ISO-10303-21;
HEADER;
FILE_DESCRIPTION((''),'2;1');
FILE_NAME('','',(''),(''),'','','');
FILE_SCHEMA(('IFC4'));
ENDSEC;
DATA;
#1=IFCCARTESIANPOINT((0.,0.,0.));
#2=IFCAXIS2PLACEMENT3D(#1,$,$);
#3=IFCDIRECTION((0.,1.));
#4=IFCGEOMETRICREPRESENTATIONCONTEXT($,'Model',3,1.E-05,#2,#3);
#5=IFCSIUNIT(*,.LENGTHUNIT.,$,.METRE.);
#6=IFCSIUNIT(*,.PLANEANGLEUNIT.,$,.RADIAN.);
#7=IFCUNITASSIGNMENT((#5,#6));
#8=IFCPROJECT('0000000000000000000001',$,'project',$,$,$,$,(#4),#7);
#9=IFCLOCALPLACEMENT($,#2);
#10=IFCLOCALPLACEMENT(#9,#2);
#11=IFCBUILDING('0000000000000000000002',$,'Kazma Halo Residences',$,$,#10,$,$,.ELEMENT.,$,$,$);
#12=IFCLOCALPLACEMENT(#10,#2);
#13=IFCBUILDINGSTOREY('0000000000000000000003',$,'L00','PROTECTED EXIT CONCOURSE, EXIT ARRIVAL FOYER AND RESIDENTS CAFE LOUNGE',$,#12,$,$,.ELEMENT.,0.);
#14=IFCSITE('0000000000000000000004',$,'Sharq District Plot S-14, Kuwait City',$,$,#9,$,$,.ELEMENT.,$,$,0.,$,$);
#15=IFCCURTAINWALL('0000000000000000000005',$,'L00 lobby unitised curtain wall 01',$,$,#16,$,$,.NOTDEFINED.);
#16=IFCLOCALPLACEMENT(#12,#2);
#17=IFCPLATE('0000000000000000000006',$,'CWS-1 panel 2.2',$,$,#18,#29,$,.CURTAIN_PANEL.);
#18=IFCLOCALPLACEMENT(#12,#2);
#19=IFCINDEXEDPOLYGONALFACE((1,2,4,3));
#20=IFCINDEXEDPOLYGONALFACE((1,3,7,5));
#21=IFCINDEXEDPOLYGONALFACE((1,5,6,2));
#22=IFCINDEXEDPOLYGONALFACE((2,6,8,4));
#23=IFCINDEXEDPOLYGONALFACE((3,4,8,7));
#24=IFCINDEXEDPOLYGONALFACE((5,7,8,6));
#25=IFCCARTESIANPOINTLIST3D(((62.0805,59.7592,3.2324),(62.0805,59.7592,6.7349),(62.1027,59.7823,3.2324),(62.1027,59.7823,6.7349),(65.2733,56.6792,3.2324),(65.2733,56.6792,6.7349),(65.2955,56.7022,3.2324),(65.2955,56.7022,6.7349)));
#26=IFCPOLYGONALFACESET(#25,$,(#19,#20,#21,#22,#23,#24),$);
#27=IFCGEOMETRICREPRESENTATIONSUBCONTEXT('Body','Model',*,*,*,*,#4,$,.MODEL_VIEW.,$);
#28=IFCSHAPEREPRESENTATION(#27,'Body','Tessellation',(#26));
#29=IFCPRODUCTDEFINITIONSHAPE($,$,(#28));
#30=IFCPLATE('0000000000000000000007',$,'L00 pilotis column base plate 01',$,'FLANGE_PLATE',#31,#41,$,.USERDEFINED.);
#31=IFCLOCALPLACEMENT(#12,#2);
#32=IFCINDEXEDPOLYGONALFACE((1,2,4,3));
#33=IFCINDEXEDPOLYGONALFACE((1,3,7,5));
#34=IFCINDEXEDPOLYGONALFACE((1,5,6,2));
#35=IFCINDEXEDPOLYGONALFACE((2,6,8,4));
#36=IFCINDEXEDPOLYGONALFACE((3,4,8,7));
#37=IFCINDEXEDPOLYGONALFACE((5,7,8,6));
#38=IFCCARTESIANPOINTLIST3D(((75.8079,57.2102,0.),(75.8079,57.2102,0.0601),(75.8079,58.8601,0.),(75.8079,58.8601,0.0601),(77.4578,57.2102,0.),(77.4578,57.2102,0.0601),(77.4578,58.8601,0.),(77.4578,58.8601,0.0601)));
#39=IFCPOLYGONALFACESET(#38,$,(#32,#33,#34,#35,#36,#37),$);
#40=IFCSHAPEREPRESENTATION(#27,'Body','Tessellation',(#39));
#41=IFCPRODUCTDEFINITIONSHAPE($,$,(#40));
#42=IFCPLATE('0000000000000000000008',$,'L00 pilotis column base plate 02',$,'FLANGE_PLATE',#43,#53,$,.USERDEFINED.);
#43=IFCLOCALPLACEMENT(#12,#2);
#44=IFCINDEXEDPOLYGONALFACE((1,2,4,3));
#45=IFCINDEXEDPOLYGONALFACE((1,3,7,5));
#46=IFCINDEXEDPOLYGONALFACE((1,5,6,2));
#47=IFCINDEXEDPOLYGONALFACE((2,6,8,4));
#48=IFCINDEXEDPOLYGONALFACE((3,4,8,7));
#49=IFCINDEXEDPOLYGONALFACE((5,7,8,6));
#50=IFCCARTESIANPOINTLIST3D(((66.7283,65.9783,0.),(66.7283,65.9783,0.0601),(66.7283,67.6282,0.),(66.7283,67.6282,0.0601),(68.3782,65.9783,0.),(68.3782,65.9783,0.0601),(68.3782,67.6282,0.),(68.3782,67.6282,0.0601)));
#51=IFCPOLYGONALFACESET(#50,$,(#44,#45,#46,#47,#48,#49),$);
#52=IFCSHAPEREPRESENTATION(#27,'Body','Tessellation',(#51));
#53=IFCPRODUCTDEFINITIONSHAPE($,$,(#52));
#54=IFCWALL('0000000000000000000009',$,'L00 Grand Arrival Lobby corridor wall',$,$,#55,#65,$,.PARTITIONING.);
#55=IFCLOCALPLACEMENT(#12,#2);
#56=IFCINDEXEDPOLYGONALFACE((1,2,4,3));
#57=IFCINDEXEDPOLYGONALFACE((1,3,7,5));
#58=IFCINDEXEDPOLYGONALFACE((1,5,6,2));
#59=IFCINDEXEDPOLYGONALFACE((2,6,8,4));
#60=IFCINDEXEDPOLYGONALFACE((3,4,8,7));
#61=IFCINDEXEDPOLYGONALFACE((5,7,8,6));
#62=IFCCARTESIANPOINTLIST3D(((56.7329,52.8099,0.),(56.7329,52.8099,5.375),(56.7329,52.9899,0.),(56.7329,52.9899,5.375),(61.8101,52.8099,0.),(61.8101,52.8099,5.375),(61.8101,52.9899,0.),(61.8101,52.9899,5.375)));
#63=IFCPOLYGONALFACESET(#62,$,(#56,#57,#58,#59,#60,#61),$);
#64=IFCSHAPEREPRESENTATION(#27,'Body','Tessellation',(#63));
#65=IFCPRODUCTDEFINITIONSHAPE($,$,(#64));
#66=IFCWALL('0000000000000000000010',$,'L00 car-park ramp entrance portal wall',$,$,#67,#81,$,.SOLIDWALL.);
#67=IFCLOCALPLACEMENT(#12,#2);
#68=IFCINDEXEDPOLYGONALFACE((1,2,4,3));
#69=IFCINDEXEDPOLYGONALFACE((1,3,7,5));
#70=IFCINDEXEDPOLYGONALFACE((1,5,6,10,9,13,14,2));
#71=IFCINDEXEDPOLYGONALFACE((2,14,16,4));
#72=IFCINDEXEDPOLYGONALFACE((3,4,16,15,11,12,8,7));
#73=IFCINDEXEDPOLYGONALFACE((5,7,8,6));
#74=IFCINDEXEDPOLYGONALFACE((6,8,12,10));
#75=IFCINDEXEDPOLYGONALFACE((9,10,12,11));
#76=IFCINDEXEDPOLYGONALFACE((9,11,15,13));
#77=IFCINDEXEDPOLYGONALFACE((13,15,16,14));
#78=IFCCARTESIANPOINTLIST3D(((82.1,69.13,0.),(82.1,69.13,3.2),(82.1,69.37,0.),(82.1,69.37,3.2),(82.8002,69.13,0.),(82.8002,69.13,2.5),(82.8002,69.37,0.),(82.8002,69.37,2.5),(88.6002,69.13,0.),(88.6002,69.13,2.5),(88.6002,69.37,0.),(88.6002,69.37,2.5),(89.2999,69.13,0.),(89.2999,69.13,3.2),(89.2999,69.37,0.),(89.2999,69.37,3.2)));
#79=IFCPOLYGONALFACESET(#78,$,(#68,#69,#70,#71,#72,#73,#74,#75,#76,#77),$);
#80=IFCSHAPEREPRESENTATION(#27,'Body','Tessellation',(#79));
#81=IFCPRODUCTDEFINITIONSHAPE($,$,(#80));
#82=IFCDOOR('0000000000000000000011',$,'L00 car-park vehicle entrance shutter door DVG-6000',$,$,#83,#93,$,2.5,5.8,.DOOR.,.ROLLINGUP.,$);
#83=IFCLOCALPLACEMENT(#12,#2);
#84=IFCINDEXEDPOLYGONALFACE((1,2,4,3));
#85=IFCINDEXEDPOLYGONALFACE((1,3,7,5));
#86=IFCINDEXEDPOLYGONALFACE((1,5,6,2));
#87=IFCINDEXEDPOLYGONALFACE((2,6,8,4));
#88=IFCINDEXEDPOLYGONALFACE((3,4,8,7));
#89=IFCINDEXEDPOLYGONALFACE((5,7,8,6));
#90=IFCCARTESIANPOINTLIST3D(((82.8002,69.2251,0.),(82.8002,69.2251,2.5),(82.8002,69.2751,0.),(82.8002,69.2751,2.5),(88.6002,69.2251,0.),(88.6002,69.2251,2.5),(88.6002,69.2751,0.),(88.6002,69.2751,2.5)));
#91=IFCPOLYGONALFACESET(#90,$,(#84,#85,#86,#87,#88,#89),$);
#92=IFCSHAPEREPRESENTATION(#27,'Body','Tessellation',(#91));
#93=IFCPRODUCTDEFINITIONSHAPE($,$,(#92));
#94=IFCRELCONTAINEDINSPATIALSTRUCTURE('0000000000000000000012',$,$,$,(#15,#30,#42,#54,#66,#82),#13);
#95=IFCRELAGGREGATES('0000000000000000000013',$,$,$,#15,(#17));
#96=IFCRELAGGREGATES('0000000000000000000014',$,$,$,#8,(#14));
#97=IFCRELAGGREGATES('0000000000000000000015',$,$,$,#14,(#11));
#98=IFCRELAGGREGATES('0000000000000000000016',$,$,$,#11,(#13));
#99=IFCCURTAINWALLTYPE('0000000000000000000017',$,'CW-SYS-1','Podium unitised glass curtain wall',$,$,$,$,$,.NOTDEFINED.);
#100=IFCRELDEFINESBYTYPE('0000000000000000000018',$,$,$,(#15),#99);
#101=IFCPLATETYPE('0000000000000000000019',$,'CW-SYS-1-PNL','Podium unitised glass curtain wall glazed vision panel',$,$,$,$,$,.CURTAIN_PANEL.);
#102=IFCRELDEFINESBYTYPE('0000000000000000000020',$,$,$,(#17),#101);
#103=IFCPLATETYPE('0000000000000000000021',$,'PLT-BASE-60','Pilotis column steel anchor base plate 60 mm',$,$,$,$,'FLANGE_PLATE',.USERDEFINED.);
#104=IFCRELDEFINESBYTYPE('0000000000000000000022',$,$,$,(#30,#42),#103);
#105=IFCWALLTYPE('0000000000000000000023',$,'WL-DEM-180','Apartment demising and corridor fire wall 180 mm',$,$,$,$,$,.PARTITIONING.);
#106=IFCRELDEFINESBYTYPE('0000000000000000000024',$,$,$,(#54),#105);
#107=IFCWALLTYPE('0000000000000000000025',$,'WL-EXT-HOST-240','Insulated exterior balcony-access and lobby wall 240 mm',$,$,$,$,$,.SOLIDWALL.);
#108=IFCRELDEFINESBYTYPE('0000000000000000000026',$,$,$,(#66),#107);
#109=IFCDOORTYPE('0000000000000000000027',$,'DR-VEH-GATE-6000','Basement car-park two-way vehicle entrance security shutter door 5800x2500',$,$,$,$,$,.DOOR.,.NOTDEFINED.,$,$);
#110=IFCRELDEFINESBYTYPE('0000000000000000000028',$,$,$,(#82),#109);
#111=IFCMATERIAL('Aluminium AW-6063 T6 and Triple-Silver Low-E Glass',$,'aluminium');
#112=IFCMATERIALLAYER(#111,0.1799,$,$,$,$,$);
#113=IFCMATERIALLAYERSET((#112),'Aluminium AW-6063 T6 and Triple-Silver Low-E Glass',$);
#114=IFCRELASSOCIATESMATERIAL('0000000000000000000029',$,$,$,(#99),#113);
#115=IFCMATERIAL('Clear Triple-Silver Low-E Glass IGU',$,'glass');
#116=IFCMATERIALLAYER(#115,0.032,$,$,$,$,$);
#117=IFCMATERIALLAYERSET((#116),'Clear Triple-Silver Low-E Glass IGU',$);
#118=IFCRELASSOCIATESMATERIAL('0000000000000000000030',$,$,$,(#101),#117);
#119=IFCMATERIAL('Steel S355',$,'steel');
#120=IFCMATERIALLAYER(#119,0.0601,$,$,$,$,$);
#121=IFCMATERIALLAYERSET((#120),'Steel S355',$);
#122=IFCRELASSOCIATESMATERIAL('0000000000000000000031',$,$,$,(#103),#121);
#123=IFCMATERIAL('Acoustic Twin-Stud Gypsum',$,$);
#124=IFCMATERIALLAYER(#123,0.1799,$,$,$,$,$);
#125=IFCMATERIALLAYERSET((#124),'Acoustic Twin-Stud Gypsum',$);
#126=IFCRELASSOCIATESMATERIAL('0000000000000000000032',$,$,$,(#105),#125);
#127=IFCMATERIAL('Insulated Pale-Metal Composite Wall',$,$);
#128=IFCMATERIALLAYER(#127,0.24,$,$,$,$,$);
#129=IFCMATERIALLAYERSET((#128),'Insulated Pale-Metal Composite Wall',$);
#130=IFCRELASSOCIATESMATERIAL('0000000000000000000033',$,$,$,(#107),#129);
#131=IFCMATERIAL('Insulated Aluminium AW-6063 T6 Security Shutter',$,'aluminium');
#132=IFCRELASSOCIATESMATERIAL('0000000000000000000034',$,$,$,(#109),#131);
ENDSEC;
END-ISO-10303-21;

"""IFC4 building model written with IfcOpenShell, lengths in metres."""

from ifc_helpers import new_model, si_unit, direction, frame, frame_2d, origin, origin_2d, place, context, subcontext, project, spatial, rectangle, extrude, material, layer, layer_set, type_object, element, fill, aggregate, save


model = new_model("IFC4")

# Units and contexts
model_context = context("Model", 3, precision=1e-05, world=origin(), true_north=direction((0.0, 1.0)))
body_context = subcontext(model_context, "Body", "Model", "MODEL_VIEW")
ifc_project = project(units=[si_unit("LENGTHUNIT", "METRE"), si_unit("PLANEANGLEUNIT", "RADIAN")], contexts=[model_context])

# Site, building, storey
site_placement = place(None, origin())
site = spatial("IfcSite", under=ifc_project, at=site_placement, Name="Sharq District Plot S-14, Kuwait City", CompositionType="ELEMENT", RefElevation=0.0)
building_placement = place(site_placement, origin())
building = spatial("IfcBuilding", under=site, at=building_placement, Name="Kazma Halo Residences", CompositionType="ELEMENT")
storey_placement = place(building_placement, origin())
storey = spatial("IfcBuildingStorey", under=building, at=storey_placement, Name="L00", Description="PROTECTED EXIT CONCOURSE, EXIT ARRIVAL FOYER AND RESIDENTS CAFE LOUNGE", CompositionType="ELEMENT", Elevation=0.0)

# Shared definitions
ifc_material_1 = material(Name="Steel S355", Category="steel")

# Curtain wall
ifc_material_2 = material(Name="Aluminium AW-6063 T6 and Triple-Silver Low-E Glass", Category="aluminium")
ifc_layer_1 = layer(ifc_material_2, 0.1799)
ifc_layer_set_1 = layer_set([ifc_layer_1], Name="Aluminium AW-6063 T6 and Triple-Silver Low-E Glass")
curtain_wall_type = type_object("IfcCurtainWallType", Name="CW-SYS-1", Description="Podium unitised glass curtain wall", PredefinedType="NOTDEFINED", material=ifc_layer_set_1)
curtain_wall_1_placement = place(storey_placement, origin())
curtain_wall_1 = element("IfcCurtainWall", 1, at=curtain_wall_1_placement, inside=storey, type_object=curtain_wall_type, Name="L00 lobby unitised curtain wall 01", PredefinedType="NOTDEFINED")

# Plate
ifc_material_3 = material(Name="Clear Triple-Silver Low-E Glass IGU", Category="glass")
ifc_layer_2 = layer(ifc_material_3, 0.032)
ifc_layer_set_2 = layer_set([ifc_layer_2], Name="Clear Triple-Silver Low-E Glass IGU")
plate_type_1 = type_object("IfcPlateType", Name="CW-SYS-1-PNL", Description="Podium unitised glass curtain wall glazed vision panel", PredefinedType="CURTAIN_PANEL", material=ifc_layer_set_2)
plate_1_placement = place(storey_placement, frame((63.688, 58.2307, 3.2324), z_axis=(0.0, 0.0, 1.0), x_axis=(-0.719692, 0.694294, 0.0)))
plate_1 = element("IfcPlate", 2, at=plate_1_placement, type_object=plate_type_1, Name="CWS-1 panel 2.2", PredefinedType="CURTAIN_PANEL", context=body_context, shape_type="SweptSolid", body=[
    extrude(rectangle(XDim=4.4363, YDim=0.032, at=origin_2d()), origin(), (0.0, 0.0, 1.0), 3.5024),
])
aggregate(curtain_wall_1, [plate_1])

# Plates
ifc_layer_3 = layer(ifc_material_1, 0.0601)
ifc_layer_set_3 = layer_set([ifc_layer_3], Name="Steel S355")
plate_type_2 = type_object("IfcPlateType", Name="PLT-BASE-60", Description="Pilotis column steel anchor base plate 60 mm", ElementType="FLANGE_PLATE", PredefinedType="USERDEFINED", material=ifc_layer_set_3)
for number, where, z_axis, x_axis, name in (
    (3, (76.6328, 58.0352, 0.0), (0.0, 0.0, 1.0), (1.0, 0.0, 0.0), "L00 pilotis column base plate 01"),
    (4, (67.5532, 66.8032, 0.0), (0.0, 0.0, 1.0), (1.0, 0.0, 0.0), "L00 pilotis column base plate 02"),
):
    element("IfcPlate", number, at=place(storey_placement, frame(where, z_axis=z_axis, x_axis=x_axis)), inside=storey, type_object=plate_type_2, Name=name, ObjectType="FLANGE_PLATE", PredefinedType="USERDEFINED", context=body_context, shape_type="SweptSolid", body=[
        extrude(rectangle(XDim=1.6499, YDim=1.6499, at=origin_2d()), origin(), (0.0, 0.0, 1.0), 0.0601),
    ])

# Wall
ifc_material_4 = material(Name="Acoustic Twin-Stud Gypsum")
ifc_layer_4 = layer(ifc_material_4, 0.1799)
ifc_layer_set_4 = layer_set([ifc_layer_4], Name="Acoustic Twin-Stud Gypsum")
wall_type_1 = type_object("IfcWallType", Name="WL-DEM-180", Description="Apartment demising and corridor fire wall 180 mm", PredefinedType="PARTITIONING", material=ifc_layer_set_4)
wall_1_placement = place(storey_placement, frame((61.8101, 52.8999, 0.0), z_axis=(0.0, 0.0, 1.0), x_axis=(-1.0, 0.0, 0.0)))
element("IfcWall", 5, at=wall_1_placement, inside=storey, type_object=wall_type_1, Name="L00 Grand Arrival Lobby corridor wall", PredefinedType="PARTITIONING", context=body_context, shape_type="SweptSolid", body=[
    extrude(rectangle(XDim=5.0771, YDim=0.1799, at=frame_2d((2.5386, 0.0))), origin(), (0.0, 0.0, 1.0), 5.375),
])

# Wall, opening, door
ifc_material_5 = material(Name="Insulated Pale-Metal Composite Wall")
ifc_layer_5 = layer(ifc_material_5, 0.24)
ifc_layer_set_5 = layer_set([ifc_layer_5], Name="Insulated Pale-Metal Composite Wall")
wall_type_2 = type_object("IfcWallType", Name="WL-EXT-HOST-240", Description="Insulated exterior balcony-access and lobby wall 240 mm", PredefinedType="SOLIDWALL", material=ifc_layer_set_5)
wall_2_placement = place(storey_placement, frame((89.3, 69.25, 0.0), z_axis=(0.0, 0.0, 1.0), x_axis=(-1.0, 0.0, 0.0)))
wall_2 = element("IfcWall", 6, at=wall_2_placement, inside=storey, type_object=wall_type_2, Name="L00 car-park ramp entrance portal wall", PredefinedType="SOLIDWALL", context=body_context, shape_type="SweptSolid", body=[
    extrude(rectangle(XDim=7.2, YDim=0.24, at=frame_2d((3.6001, 0.0))), origin(), (0.0, 0.0, 1.0), 3.2),
])
opening_placement = place(wall_2_placement, frame((0.7, 0.0, 0.0)))
opening = element("IfcOpeningElement", 7, at=opening_placement, cuts=wall_2, PredefinedType="OPENING", context=body_context, shape_type="SweptSolid", body=[
    extrude(rectangle(XDim=5.8, YDim=2.5, at=frame_2d((2.8999, 1.25))), frame((0.0, 0.1299, 0.0), z_axis=(0.0, -1.0, 0.0), x_axis=(1.0, 0.0, 0.0)), (0.0, 0.0, 1.0), 0.26),
])
ifc_material_6 = material(Name="Insulated Aluminium AW-6063 T6 Security Shutter", Category="aluminium")
door_type = type_object("IfcDoorType", Name="DR-VEH-GATE-6000", Description="Basement car-park two-way vehicle entrance security shutter door 5800x2500", OperationType="NOTDEFINED", PredefinedType="DOOR", material=ifc_material_6)
door_placement = place(opening_placement, origin())
door = element("IfcDoor", 8, at=door_placement, inside=storey, type_object=door_type, Name="L00 car-park vehicle entrance shutter door DVG-6000", OperationType="ROLLINGUP", OverallHeight=2.5, OverallWidth=5.8, PredefinedType="DOOR", context=body_context, shape_type="SweptSolid", body=[
    extrude(rectangle(XDim=5.8, YDim=2.5, at=frame_2d((2.8999, 1.25))), frame((0.0, 0.0249, 0.0), z_axis=(0.0, -1.0, 0.0), x_axis=(1.0, 0.0, 0.0)), (0.0, 0.0, 1.0), 0.05),
])
fill(opening, door)

save(model, "model.ifc")
